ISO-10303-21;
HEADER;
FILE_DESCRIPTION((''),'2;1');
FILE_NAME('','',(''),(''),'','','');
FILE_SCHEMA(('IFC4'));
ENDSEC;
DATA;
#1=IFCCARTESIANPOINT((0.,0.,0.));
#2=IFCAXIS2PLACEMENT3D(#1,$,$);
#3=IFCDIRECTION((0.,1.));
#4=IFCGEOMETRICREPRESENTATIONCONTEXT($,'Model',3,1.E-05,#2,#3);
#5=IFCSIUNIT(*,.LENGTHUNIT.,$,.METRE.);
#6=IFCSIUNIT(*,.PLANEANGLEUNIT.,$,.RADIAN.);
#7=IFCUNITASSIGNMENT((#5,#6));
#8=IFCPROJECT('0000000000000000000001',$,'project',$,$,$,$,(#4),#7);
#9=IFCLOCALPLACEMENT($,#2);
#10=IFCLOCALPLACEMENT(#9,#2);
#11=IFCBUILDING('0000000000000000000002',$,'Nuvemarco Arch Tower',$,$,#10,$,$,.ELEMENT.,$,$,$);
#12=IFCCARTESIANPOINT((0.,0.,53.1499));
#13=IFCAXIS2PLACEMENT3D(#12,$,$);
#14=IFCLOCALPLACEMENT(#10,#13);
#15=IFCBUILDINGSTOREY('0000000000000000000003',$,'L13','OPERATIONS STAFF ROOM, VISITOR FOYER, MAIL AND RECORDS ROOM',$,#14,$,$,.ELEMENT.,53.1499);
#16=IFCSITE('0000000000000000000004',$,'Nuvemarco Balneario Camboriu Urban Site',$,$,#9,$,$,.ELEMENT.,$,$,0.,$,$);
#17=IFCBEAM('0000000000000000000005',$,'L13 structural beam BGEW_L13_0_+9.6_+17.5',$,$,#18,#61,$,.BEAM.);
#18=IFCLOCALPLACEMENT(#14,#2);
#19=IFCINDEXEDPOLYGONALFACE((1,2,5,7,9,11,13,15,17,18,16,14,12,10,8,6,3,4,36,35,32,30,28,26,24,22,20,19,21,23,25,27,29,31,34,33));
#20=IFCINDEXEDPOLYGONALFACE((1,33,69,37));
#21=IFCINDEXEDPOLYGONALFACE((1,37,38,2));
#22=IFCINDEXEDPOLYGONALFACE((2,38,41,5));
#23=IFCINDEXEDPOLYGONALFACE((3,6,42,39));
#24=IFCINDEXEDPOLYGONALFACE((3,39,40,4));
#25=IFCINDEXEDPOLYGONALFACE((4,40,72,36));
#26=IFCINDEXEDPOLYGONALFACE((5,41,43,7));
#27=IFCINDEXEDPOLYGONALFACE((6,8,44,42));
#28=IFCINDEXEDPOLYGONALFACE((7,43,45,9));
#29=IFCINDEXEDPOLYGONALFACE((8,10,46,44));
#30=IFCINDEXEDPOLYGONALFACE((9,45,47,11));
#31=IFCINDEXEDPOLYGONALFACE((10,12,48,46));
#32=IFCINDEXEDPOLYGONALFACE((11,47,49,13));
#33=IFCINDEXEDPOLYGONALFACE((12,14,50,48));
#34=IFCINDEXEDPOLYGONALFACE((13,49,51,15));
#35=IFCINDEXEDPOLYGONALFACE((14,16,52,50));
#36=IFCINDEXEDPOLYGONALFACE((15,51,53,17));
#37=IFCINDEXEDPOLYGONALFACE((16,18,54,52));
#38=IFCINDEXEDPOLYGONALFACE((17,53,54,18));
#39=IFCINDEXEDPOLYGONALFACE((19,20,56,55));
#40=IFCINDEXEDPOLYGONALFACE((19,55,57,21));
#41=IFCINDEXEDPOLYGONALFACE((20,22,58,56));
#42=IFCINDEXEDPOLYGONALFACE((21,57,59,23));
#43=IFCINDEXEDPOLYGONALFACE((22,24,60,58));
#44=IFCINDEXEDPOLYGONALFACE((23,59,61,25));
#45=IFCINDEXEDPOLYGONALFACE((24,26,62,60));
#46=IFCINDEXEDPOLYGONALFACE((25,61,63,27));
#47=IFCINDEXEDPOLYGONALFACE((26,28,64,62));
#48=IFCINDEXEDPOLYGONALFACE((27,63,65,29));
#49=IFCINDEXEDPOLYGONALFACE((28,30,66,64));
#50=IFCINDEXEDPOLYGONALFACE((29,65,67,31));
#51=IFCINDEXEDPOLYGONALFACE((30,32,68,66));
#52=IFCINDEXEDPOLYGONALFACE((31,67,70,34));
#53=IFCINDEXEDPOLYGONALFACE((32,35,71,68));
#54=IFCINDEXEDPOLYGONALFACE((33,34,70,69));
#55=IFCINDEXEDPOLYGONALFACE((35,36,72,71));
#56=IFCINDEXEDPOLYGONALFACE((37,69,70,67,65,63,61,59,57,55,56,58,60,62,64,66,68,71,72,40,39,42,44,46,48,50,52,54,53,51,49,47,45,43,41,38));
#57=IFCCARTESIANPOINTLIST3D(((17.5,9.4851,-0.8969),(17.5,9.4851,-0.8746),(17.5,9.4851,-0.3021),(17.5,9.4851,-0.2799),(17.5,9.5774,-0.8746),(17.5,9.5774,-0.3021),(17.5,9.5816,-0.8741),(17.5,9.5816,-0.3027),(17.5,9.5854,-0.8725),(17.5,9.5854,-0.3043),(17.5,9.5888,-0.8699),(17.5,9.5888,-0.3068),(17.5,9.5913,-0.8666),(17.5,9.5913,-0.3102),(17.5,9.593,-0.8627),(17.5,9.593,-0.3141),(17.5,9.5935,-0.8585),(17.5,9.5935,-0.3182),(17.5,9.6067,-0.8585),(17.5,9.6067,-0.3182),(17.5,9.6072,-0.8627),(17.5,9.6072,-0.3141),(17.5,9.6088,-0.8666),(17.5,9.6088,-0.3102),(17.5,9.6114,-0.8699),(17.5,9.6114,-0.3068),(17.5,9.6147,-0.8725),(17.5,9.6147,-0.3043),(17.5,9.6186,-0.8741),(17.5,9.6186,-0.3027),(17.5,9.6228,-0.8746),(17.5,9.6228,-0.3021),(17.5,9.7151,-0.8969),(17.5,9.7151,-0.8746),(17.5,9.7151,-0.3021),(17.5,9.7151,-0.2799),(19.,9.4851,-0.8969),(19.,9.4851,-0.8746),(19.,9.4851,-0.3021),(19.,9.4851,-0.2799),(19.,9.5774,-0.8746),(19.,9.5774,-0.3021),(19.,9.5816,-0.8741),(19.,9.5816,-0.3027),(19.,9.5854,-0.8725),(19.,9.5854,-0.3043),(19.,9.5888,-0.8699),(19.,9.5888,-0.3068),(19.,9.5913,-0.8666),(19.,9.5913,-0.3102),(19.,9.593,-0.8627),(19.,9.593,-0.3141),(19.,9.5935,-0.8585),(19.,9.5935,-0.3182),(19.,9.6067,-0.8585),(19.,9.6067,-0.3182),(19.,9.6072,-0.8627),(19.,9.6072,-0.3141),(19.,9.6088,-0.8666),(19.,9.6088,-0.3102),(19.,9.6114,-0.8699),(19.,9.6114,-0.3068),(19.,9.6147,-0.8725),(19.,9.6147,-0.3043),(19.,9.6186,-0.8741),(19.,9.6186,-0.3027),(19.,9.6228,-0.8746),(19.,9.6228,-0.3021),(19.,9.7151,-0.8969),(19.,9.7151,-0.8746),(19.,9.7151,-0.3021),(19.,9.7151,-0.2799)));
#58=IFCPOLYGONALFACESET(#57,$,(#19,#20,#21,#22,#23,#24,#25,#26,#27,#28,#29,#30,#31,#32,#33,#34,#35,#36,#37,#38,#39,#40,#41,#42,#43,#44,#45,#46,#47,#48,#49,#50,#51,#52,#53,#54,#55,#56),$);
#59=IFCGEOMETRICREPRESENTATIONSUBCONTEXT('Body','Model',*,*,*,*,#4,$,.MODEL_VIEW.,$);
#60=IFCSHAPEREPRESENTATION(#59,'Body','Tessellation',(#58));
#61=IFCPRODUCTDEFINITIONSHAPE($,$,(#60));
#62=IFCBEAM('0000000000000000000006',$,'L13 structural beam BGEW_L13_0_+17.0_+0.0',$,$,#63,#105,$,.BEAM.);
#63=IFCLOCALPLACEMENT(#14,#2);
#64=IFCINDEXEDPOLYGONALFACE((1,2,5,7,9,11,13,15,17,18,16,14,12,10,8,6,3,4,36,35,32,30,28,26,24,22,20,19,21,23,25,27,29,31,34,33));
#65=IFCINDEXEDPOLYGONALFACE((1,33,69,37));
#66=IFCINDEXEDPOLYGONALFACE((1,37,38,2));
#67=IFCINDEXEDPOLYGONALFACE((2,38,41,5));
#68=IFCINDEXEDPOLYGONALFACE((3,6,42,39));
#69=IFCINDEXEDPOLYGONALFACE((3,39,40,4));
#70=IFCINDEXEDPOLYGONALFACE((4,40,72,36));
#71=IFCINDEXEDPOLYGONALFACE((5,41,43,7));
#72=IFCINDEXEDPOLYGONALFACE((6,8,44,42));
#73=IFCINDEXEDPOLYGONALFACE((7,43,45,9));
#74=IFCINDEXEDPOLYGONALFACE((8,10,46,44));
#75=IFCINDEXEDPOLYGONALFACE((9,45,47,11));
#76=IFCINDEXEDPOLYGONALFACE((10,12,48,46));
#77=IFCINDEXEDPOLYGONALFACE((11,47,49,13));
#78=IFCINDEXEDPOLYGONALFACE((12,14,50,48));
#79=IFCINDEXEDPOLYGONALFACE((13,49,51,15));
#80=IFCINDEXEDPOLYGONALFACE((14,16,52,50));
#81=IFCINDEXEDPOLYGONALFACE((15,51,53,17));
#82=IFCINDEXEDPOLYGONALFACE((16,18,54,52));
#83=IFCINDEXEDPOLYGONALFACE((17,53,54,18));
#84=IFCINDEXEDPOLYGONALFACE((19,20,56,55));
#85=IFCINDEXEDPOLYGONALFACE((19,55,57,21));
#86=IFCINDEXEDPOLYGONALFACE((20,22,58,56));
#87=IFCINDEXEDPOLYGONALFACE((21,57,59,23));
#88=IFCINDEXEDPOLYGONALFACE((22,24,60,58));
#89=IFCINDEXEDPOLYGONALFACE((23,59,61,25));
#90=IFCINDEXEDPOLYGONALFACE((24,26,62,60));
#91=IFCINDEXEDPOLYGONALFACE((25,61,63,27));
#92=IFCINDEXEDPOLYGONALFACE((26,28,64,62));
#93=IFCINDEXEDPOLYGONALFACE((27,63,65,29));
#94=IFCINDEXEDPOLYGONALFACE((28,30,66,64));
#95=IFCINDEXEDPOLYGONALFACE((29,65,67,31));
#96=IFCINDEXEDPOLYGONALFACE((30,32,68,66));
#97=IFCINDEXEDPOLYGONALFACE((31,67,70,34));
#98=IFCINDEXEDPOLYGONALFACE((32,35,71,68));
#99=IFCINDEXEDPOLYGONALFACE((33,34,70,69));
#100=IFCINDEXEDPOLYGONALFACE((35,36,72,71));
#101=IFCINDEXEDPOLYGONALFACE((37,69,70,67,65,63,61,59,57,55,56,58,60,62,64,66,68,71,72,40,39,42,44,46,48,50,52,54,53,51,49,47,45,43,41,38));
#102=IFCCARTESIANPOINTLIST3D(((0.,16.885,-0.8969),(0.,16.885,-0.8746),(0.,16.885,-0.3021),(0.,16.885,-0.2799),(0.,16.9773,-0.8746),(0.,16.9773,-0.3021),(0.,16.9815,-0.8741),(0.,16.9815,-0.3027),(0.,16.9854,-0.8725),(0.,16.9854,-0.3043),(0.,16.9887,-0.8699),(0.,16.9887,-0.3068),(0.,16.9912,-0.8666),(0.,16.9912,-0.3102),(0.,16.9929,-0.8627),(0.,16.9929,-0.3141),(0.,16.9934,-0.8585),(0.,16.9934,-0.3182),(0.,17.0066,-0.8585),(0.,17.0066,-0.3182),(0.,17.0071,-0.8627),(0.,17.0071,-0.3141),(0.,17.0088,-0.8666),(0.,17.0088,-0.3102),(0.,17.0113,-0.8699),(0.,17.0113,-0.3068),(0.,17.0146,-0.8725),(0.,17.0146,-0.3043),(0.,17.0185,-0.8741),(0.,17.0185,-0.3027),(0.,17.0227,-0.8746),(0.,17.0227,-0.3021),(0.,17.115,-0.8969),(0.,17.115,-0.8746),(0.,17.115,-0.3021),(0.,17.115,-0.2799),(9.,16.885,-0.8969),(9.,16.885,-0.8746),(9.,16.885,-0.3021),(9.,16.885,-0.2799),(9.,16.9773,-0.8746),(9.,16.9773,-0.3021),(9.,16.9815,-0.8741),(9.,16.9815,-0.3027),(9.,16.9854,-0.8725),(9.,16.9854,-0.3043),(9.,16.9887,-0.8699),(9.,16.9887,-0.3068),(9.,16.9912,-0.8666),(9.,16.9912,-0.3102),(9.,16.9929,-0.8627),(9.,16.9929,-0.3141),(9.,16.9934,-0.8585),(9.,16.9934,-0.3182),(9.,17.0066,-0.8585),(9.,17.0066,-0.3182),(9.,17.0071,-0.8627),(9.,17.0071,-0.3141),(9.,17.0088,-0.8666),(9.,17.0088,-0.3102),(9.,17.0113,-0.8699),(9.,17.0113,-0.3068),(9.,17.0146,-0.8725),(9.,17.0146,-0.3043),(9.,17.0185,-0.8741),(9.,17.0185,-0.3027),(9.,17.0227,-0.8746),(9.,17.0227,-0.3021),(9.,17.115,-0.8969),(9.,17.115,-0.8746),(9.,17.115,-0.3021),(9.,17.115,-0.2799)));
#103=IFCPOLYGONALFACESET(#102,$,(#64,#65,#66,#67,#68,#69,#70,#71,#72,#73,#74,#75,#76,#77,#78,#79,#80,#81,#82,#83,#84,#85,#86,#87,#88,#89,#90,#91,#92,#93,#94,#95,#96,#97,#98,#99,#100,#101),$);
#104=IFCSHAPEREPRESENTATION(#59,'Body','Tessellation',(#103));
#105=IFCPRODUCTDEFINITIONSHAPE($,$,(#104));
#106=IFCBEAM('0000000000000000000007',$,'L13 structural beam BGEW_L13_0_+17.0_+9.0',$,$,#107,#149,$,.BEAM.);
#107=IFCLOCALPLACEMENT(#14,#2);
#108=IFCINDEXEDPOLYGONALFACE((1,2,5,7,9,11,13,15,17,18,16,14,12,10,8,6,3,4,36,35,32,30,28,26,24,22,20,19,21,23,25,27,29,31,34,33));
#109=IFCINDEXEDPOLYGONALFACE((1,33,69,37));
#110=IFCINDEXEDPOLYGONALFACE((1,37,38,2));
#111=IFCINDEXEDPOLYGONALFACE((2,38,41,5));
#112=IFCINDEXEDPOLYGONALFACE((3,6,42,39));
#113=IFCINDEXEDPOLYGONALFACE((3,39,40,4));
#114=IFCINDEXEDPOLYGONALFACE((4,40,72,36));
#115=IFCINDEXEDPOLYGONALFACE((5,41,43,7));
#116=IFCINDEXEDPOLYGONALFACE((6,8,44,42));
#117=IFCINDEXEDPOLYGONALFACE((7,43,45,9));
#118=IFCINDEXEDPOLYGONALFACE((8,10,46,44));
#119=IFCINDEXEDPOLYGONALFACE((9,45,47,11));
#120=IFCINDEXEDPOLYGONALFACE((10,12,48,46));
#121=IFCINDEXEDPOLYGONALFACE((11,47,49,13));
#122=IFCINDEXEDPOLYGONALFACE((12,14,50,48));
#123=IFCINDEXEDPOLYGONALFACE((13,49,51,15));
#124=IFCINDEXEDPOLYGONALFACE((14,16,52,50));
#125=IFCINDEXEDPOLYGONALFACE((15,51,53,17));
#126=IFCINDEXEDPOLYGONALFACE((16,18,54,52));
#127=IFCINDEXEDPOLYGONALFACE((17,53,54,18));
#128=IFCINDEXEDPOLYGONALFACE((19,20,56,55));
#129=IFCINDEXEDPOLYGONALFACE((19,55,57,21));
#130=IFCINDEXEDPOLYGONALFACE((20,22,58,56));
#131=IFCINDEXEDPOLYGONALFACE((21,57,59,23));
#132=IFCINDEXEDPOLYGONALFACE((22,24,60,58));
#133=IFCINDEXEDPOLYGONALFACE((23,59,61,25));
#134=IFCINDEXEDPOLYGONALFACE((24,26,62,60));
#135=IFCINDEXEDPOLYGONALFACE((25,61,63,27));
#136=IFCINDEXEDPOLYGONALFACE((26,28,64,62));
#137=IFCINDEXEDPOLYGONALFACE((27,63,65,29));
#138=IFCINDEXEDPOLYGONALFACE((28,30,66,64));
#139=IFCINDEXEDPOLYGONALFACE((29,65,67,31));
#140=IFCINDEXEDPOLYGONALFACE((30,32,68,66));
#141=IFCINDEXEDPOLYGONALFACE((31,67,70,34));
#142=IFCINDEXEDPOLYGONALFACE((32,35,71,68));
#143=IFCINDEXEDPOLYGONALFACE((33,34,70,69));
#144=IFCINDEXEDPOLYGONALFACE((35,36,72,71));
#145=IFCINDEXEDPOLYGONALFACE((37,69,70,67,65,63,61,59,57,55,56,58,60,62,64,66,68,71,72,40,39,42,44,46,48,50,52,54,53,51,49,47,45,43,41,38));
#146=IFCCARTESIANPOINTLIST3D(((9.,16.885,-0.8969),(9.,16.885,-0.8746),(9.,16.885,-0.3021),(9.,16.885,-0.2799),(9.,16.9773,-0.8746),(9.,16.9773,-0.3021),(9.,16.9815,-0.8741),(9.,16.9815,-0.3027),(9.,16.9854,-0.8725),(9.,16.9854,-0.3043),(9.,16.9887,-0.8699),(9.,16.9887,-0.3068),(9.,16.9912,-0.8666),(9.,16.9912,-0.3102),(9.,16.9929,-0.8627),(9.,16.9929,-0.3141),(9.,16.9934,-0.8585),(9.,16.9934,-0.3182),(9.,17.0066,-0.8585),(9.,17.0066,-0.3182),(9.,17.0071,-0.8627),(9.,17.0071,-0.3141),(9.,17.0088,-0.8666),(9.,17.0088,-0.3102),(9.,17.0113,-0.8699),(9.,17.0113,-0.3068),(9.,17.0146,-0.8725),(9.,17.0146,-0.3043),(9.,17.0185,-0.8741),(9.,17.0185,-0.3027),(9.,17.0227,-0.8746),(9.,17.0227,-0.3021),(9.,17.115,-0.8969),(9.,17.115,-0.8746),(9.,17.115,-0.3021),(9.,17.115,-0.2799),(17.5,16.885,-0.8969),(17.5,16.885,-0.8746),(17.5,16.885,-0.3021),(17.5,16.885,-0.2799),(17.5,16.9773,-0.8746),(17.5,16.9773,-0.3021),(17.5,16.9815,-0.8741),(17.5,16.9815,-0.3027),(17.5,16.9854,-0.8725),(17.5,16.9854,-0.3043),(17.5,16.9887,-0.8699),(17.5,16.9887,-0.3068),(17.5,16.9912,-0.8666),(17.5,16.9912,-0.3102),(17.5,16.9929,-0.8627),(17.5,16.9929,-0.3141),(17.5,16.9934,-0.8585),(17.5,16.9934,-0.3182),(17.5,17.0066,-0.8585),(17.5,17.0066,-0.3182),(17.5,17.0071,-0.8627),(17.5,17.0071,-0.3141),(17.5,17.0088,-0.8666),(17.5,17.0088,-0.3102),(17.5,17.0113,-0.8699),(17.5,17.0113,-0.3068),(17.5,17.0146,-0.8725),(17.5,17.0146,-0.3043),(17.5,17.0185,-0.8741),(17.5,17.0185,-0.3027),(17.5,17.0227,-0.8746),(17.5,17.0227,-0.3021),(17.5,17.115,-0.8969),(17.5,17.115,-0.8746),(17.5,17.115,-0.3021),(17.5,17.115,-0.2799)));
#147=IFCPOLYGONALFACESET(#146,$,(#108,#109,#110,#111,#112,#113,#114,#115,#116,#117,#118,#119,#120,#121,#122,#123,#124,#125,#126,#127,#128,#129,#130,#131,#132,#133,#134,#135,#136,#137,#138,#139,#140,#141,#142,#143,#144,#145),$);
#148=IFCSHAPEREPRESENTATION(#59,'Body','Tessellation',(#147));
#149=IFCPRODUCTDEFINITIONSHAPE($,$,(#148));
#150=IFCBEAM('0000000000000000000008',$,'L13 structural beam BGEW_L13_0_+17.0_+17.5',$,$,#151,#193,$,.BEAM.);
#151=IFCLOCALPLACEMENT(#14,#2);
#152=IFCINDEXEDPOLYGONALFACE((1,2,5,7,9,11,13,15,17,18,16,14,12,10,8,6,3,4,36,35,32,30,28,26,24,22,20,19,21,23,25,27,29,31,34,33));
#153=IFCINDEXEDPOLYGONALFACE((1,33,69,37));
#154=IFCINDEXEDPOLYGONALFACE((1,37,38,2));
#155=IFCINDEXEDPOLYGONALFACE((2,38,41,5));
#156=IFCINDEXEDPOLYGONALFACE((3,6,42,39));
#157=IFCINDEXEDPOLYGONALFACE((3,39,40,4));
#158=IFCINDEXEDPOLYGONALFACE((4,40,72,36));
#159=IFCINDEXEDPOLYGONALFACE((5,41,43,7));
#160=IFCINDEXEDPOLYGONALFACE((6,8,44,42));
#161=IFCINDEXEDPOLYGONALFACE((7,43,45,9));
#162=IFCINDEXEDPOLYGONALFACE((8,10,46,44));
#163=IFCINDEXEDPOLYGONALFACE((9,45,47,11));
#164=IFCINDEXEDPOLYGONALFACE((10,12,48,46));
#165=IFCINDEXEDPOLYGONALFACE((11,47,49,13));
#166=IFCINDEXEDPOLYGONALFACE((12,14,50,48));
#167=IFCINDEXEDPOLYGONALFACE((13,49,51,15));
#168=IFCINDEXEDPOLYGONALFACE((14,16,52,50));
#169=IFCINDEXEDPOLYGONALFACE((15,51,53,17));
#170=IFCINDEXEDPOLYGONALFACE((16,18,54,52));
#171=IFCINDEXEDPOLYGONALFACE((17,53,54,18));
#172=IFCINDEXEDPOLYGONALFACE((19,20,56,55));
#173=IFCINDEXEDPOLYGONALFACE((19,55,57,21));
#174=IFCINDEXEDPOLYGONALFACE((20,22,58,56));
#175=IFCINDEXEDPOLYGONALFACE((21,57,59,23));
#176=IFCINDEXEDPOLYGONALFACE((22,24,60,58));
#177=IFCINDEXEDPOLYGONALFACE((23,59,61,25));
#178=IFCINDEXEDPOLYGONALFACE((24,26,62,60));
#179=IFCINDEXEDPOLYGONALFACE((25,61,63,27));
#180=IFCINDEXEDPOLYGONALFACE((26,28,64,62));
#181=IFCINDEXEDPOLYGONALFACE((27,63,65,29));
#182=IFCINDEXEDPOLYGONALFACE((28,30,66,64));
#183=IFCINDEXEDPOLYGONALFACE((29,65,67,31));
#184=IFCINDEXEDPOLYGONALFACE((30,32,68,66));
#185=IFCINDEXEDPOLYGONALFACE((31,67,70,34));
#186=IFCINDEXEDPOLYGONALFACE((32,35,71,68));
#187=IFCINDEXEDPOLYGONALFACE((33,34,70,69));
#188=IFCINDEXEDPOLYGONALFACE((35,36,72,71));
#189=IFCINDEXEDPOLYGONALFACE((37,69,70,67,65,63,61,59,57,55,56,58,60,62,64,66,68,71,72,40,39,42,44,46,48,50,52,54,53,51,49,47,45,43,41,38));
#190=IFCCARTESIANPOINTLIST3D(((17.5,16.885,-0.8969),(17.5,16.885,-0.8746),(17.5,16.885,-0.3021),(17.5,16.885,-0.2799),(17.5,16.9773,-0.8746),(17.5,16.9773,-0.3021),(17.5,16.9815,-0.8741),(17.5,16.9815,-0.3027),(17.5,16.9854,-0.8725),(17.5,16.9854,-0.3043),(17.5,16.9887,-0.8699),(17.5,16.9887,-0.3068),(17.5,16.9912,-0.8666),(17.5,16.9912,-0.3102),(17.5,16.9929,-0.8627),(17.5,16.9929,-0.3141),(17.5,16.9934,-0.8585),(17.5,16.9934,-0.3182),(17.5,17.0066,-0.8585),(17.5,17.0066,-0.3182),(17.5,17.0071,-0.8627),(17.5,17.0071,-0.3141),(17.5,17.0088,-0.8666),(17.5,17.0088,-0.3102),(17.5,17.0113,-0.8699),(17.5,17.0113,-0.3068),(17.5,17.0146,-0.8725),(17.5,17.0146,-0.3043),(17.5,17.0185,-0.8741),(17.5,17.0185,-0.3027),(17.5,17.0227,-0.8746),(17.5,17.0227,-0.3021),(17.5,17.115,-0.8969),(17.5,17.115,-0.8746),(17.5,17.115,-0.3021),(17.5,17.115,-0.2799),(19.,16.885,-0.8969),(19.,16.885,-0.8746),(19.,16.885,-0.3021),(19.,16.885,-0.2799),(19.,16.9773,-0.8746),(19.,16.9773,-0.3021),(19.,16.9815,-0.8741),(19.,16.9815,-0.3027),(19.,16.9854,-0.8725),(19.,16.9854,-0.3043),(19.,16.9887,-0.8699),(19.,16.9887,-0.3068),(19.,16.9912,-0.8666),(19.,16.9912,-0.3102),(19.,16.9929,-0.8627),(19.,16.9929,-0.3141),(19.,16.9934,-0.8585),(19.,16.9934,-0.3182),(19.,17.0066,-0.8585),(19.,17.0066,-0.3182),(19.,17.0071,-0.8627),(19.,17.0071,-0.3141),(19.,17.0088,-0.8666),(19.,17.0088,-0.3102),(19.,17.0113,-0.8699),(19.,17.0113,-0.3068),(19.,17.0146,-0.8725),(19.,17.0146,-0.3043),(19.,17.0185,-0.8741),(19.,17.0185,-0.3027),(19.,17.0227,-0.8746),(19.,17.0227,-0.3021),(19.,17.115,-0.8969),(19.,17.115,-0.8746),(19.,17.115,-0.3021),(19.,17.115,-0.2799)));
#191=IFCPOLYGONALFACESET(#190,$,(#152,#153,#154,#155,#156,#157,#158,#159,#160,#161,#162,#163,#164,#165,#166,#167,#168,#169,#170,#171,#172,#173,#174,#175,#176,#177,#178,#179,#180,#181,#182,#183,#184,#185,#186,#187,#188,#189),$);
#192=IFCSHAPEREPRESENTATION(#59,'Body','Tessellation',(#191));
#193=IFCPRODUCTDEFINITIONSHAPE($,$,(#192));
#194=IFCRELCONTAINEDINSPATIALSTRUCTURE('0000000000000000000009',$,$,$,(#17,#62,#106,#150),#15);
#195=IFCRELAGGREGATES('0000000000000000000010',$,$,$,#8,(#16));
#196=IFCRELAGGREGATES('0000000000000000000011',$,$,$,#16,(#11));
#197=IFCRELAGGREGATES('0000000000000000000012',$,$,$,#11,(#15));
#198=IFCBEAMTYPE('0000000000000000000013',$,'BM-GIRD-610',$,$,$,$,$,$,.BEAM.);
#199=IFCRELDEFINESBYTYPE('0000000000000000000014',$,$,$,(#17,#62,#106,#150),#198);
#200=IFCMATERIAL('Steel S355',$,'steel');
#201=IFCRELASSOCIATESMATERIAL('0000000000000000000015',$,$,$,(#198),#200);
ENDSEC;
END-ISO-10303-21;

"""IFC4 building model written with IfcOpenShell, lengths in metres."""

from ifc_helpers import new_model, si_unit, direction, frame, origin, origin_2d, place, context, subcontext, project, spatial, i_section, extrude, material, material_profile, profile_set, type_object, element, save


model = new_model("IFC4")

# Units and contexts
model_context = context("Model", 3, precision=1e-05, world=origin(), true_north=direction((0.0, 1.0)))
body_context = subcontext(model_context, "Body", "Model", "MODEL_VIEW")
ifc_project = project(units=[si_unit("LENGTHUNIT", "METRE"), si_unit("PLANEANGLEUNIT", "RADIAN")], contexts=[model_context])

# Site, building, storey
site_placement = place(None, origin())
site = spatial("IfcSite", under=ifc_project, at=site_placement, Name="Nuvemarco Balneario Camboriu Urban Site", CompositionType="ELEMENT", RefElevation=0.0)
building_placement = place(site_placement, origin())
building = spatial("IfcBuilding", under=site, at=building_placement, Name="Nuvemarco Arch Tower", CompositionType="ELEMENT")
storey_placement = place(building_placement, frame((0.0, 0.0, 53.1499)))
storey = spatial("IfcBuildingStorey", under=building, at=storey_placement, Name="L13", Description="OPERATIONS STAFF ROOM, VISITOR FOYER, MAIL AND RECORDS ROOM", CompositionType="ELEMENT", Elevation=53.1499)

# Shared definitions
ifc_material_1 = material(Name="Steel S355", Category="steel")

# Beams
ifc_material_profile_1 = material_profile(ifc_material_1, i_section(OverallWidth=0.23, OverallDepth=0.6169, WebThickness=0.0132, FlangeThickness=0.0222, FilletRadius=0.0161, at=origin_2d()), Name="W610x140")
ifc_profile_set_1 = profile_set([ifc_material_profile_1], Name="Steel S355")
beam_type_1 = type_object("IfcBeamType", Name="BM-GIRD-610", PredefinedType="BEAM", material=ifc_profile_set_1)
beam_1_placement = place(storey_placement, frame((17.5, 9.6001, -0.5884), z_axis=(1.0, 0.0, 0.0), x_axis=(0.0, 1.0, 0.0)))
element("IfcBeam", 1, at=beam_1_placement, inside=storey, type_object=beam_type_1, Name="L13 structural beam BGEW_L13_0_+9.6_+17.5", PredefinedType="BEAM", context=body_context, shape_type="SweptSolid", body=[
    extrude(i_section(OverallWidth=0.23, OverallDepth=0.6169, WebThickness=0.0132, FlangeThickness=0.0222, FilletRadius=0.0161, at=origin_2d()), origin(), (0.0, 0.0, 1.0), 1.5),
])
beam_2_placement = place(storey_placement, frame((0.0, 17.0, -0.5884), z_axis=(1.0, 0.0, 0.0), x_axis=(0.0, 1.0, 0.0)))
element("IfcBeam", 2, at=beam_2_placement, inside=storey, type_object=beam_type_1, Name="L13 structural beam BGEW_L13_0_+17.0_+0.0", PredefinedType="BEAM", context=body_context, shape_type="SweptSolid", body=[
    extrude(i_section(OverallWidth=0.23, OverallDepth=0.6169, WebThickness=0.0132, FlangeThickness=0.0222, FilletRadius=0.0161, at=origin_2d()), origin(), (0.0, 0.0, 1.0), 9.0),
])
beam_3_placement = place(storey_placement, frame((9.0, 17.0, -0.5884), z_axis=(1.0, 0.0, 0.0), x_axis=(0.0, 1.0, 0.0)))
element("IfcBeam", 3, at=beam_3_placement, inside=storey, type_object=beam_type_1, Name="L13 structural beam BGEW_L13_0_+17.0_+9.0", PredefinedType="BEAM", context=body_context, shape_type="SweptSolid", body=[
    extrude(i_section(OverallWidth=0.23, OverallDepth=0.6169, WebThickness=0.0132, FlangeThickness=0.0222, FilletRadius=0.0161, at=origin_2d()), origin(), (0.0, 0.0, 1.0), 8.5),
])
beam_4_placement = place(storey_placement, frame((17.5, 17.0, -0.5884), z_axis=(1.0, 0.0, 0.0), x_axis=(0.0, 1.0, 0.0)))
element("IfcBeam", 4, at=beam_4_placement, inside=storey, type_object=beam_type_1, Name="L13 structural beam BGEW_L13_0_+17.0_+17.5", PredefinedType="BEAM", context=body_context, shape_type="SweptSolid", body=[
    extrude(i_section(OverallWidth=0.23, OverallDepth=0.6169, WebThickness=0.0132, FlangeThickness=0.0222, FilletRadius=0.0161, at=origin_2d()), origin(), (0.0, 0.0, 1.0), 1.5),
])

save(model, "model.ifc")
